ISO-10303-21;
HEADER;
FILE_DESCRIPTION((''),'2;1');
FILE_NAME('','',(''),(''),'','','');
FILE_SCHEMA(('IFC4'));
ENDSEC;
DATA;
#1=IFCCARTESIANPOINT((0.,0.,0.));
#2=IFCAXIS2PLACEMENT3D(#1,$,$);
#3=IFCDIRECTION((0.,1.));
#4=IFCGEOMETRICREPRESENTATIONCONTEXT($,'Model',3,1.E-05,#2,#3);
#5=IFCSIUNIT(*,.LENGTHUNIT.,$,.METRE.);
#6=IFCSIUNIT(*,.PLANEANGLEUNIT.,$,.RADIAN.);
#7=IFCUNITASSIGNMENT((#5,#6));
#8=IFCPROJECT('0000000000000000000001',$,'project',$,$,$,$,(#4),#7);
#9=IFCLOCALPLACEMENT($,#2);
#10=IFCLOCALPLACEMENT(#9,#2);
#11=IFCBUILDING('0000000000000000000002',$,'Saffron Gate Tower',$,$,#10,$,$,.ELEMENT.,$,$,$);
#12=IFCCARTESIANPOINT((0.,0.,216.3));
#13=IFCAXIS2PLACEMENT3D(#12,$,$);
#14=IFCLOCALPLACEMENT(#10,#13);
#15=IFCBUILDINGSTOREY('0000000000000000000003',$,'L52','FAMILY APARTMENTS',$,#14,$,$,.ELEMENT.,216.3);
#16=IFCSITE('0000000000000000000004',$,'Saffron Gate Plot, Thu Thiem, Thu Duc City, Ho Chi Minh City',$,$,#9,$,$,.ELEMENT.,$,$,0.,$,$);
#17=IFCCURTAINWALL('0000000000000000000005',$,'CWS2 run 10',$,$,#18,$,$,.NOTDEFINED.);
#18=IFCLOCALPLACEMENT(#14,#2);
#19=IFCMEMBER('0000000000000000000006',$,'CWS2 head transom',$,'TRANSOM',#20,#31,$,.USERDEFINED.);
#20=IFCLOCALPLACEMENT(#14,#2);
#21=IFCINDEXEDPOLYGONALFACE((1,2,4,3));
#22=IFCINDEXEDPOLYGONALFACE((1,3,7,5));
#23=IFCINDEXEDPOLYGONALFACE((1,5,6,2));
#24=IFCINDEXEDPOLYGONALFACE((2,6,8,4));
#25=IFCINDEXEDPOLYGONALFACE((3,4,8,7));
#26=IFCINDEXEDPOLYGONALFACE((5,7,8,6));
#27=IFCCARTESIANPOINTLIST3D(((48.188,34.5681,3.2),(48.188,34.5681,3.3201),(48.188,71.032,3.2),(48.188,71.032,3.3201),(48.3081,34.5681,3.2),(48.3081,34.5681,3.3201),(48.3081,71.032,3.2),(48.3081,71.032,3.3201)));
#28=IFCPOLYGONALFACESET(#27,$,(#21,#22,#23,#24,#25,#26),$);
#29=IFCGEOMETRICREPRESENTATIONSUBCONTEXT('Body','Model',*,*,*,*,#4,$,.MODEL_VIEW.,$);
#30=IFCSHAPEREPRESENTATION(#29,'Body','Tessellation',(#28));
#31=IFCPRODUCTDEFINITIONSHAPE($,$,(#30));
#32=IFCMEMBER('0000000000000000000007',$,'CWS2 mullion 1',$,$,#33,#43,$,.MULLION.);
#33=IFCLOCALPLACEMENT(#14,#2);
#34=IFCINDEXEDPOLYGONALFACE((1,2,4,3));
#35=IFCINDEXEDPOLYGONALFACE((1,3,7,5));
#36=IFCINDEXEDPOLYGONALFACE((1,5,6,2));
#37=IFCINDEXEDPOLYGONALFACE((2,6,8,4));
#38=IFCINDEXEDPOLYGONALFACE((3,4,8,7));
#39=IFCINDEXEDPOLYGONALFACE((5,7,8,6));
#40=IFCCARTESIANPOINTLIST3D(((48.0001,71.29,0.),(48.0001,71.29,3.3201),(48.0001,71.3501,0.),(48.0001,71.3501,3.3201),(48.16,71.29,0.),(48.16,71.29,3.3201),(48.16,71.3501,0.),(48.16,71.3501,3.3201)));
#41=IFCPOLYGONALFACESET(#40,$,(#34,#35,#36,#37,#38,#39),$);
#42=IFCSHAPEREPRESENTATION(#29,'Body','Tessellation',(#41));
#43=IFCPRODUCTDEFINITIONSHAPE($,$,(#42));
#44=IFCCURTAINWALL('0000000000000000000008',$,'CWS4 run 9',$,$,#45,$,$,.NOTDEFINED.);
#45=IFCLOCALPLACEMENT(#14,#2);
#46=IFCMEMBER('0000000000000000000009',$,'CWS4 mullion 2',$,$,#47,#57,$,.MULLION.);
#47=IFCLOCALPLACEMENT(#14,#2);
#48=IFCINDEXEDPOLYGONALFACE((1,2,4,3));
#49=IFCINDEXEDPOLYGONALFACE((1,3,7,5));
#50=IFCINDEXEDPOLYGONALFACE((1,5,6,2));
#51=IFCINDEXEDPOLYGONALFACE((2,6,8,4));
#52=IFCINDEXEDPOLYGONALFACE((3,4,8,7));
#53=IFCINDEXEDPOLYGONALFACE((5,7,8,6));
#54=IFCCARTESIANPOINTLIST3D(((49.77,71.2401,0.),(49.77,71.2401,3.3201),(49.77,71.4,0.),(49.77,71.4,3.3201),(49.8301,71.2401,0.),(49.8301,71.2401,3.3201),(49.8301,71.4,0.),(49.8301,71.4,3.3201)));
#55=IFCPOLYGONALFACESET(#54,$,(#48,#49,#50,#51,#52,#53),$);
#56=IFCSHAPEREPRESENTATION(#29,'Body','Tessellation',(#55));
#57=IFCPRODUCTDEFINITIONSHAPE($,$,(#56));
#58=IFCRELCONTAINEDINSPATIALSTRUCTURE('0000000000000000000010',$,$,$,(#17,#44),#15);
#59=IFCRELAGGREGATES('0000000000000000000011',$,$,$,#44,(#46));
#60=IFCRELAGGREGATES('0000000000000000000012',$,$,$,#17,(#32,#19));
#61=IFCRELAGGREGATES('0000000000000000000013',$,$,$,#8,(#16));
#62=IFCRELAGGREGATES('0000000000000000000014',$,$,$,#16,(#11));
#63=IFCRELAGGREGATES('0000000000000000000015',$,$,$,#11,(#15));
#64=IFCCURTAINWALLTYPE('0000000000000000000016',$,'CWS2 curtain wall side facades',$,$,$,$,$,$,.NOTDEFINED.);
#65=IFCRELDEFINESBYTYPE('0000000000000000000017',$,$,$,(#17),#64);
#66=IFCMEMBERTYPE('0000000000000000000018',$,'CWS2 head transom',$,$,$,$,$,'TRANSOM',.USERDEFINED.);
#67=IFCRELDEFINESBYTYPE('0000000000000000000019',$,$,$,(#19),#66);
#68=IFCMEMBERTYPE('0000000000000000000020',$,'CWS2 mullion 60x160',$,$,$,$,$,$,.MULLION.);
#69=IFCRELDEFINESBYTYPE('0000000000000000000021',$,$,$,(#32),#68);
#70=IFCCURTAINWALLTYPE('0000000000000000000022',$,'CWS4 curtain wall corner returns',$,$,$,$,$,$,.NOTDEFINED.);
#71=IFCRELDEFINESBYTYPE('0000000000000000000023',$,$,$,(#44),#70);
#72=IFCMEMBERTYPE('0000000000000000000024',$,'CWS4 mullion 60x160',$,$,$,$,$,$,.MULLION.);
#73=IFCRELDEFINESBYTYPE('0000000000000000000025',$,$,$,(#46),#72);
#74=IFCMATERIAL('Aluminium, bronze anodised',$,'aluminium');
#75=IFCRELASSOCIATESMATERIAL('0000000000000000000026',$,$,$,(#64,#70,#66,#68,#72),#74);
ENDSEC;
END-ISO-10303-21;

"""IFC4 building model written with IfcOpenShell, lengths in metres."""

from ifc_helpers import new_model, si_unit, direction, frame, origin, origin_2d, place, context, subcontext, project, spatial, rectangle, extrude, material, material_profile, profile_set, type_object, element, aggregate, save


model = new_model("IFC4")

# Units and contexts
model_context = context("Model", 3, precision=1e-05, world=origin(), true_north=direction((0.0, 1.0)))
body_context = subcontext(model_context, "Body", "Model", "MODEL_VIEW")
ifc_project = project(units=[si_unit("LENGTHUNIT", "METRE"), si_unit("PLANEANGLEUNIT", "RADIAN")], contexts=[model_context])

# Site, building, storey
site_placement = place(None, origin())
site = spatial("IfcSite", under=ifc_project, at=site_placement, Name="Saffron Gate Plot, Thu Thiem, Thu Duc City, Ho Chi Minh City", CompositionType="ELEMENT", RefElevation=0.0)
building_placement = place(site_placement, origin())
building = spatial("IfcBuilding", under=site, at=building_placement, Name="Saffron Gate Tower", CompositionType="ELEMENT")
storey_placement = place(building_placement, frame((0.0, 0.0, 216.3)))
storey = spatial("IfcBuildingStorey", under=building, at=storey_placement, Name="L52", Description="FAMILY APARTMENTS", CompositionType="ELEMENT", Elevation=216.3)

# Curtain wall, members
ifc_material_1 = material(Name="Aluminium, bronze anodised", Category="aluminium")
curtain_wall_type_1 = type_object("IfcCurtainWallType", Name="CWS2 curtain wall side facades", PredefinedType="NOTDEFINED", material=ifc_material_1)
curtain_wall_1_placement = place(storey_placement, origin())
curtain_wall_1 = element("IfcCurtainWall", 1, at=curtain_wall_1_placement, inside=storey, type_object=curtain_wall_type_1, Name="CWS2 run 10", PredefinedType="NOTDEFINED")
ifc_material_profile_1 = material_profile(ifc_material_1, rectangle(XDim=0.1201, YDim=0.1201, at=origin_2d()))
ifc_profile_set_1 = profile_set([ifc_material_profile_1], Name="Aluminium, bronze anodised")
member_type_1 = type_object("IfcMemberType", Name="CWS2 head transom", ElementType="TRANSOM", PredefinedType="USERDEFINED", material=ifc_profile_set_1)
member_1_placement = place(storey_placement, frame((48.248, 71.032, 3.26), z_axis=(0.0, -1.0, 0.0), x_axis=(1.0, 0.0, 0.0)))
member_1 = element("IfcMember", 2, at=member_1_placement, type_object=member_type_1, Name="CWS2 head transom", ObjectType="TRANSOM", PredefinedType="USERDEFINED", context=body_context, shape_type="SweptSolid", body=[
    extrude(rectangle(XDim=0.1201, YDim=0.1201, at=origin_2d()), origin(), (0.0, 0.0, 1.0), 36.4639),
])
ifc_material_profile_2 = material_profile(ifc_material_1, rectangle(XDim=0.1599, YDim=0.0601, at=origin_2d()))
ifc_profile_set_2 = profile_set([ifc_material_profile_2], Name="Aluminium, bronze anodised")
member_type_2 = type_object("IfcMemberType", Name="CWS2 mullion 60x160", PredefinedType="MULLION", material=ifc_profile_set_2)
member_2_placement = place(storey_placement, frame((48.0801, 71.3201, 0.0), z_axis=(0.0, 0.0, 1.0), x_axis=(1.0, 0.0, 0.0)))
member_2 = element("IfcMember", 3, at=member_2_placement, type_object=member_type_2, Name="CWS2 mullion 1", PredefinedType="MULLION", context=body_context, shape_type="SweptSolid", body=[
    extrude(rectangle(XDim=0.1599, YDim=0.0601, at=origin_2d()), origin(), (0.0, 0.0, 1.0), 3.3201),
])

# Curtain wall, member
curtain_wall_type_2 = type_object("IfcCurtainWallType", Name="CWS4 curtain wall corner returns", PredefinedType="NOTDEFINED", material=ifc_material_1)
curtain_wall_2_placement = place(storey_placement, origin())
curtain_wall_2 = element("IfcCurtainWall", 4, at=curtain_wall_2_placement, inside=storey, type_object=curtain_wall_type_2, Name="CWS4 run 9", PredefinedType="NOTDEFINED")
ifc_material_profile_3 = material_profile(ifc_material_1, rectangle(XDim=0.1599, YDim=0.0601, at=origin_2d()))
ifc_profile_set_3 = profile_set([ifc_material_profile_3], Name="Aluminium, bronze anodised")
member_type_3 = type_object("IfcMemberType", Name="CWS4 mullion 60x160", PredefinedType="MULLION", material=ifc_profile_set_3)
member_3_placement = place(storey_placement, frame((49.8, 71.3201, 0.0), z_axis=(0.0, 0.0, 1.0), x_axis=(0.0, -1.0, 0.0)))
member_3 = element("IfcMember", 5, at=member_3_placement, type_object=member_type_3, Name="CWS4 mullion 2", PredefinedType="MULLION", context=body_context, shape_type="SweptSolid", body=[
    extrude(rectangle(XDim=0.1599, YDim=0.0601, at=origin_2d()), origin(), (0.0, 0.0, 1.0), 3.3201),
])
aggregate(curtain_wall_2, [member_3])

aggregate(curtain_wall_1, [member_2, member_1])

save(model, "model.ifc")
